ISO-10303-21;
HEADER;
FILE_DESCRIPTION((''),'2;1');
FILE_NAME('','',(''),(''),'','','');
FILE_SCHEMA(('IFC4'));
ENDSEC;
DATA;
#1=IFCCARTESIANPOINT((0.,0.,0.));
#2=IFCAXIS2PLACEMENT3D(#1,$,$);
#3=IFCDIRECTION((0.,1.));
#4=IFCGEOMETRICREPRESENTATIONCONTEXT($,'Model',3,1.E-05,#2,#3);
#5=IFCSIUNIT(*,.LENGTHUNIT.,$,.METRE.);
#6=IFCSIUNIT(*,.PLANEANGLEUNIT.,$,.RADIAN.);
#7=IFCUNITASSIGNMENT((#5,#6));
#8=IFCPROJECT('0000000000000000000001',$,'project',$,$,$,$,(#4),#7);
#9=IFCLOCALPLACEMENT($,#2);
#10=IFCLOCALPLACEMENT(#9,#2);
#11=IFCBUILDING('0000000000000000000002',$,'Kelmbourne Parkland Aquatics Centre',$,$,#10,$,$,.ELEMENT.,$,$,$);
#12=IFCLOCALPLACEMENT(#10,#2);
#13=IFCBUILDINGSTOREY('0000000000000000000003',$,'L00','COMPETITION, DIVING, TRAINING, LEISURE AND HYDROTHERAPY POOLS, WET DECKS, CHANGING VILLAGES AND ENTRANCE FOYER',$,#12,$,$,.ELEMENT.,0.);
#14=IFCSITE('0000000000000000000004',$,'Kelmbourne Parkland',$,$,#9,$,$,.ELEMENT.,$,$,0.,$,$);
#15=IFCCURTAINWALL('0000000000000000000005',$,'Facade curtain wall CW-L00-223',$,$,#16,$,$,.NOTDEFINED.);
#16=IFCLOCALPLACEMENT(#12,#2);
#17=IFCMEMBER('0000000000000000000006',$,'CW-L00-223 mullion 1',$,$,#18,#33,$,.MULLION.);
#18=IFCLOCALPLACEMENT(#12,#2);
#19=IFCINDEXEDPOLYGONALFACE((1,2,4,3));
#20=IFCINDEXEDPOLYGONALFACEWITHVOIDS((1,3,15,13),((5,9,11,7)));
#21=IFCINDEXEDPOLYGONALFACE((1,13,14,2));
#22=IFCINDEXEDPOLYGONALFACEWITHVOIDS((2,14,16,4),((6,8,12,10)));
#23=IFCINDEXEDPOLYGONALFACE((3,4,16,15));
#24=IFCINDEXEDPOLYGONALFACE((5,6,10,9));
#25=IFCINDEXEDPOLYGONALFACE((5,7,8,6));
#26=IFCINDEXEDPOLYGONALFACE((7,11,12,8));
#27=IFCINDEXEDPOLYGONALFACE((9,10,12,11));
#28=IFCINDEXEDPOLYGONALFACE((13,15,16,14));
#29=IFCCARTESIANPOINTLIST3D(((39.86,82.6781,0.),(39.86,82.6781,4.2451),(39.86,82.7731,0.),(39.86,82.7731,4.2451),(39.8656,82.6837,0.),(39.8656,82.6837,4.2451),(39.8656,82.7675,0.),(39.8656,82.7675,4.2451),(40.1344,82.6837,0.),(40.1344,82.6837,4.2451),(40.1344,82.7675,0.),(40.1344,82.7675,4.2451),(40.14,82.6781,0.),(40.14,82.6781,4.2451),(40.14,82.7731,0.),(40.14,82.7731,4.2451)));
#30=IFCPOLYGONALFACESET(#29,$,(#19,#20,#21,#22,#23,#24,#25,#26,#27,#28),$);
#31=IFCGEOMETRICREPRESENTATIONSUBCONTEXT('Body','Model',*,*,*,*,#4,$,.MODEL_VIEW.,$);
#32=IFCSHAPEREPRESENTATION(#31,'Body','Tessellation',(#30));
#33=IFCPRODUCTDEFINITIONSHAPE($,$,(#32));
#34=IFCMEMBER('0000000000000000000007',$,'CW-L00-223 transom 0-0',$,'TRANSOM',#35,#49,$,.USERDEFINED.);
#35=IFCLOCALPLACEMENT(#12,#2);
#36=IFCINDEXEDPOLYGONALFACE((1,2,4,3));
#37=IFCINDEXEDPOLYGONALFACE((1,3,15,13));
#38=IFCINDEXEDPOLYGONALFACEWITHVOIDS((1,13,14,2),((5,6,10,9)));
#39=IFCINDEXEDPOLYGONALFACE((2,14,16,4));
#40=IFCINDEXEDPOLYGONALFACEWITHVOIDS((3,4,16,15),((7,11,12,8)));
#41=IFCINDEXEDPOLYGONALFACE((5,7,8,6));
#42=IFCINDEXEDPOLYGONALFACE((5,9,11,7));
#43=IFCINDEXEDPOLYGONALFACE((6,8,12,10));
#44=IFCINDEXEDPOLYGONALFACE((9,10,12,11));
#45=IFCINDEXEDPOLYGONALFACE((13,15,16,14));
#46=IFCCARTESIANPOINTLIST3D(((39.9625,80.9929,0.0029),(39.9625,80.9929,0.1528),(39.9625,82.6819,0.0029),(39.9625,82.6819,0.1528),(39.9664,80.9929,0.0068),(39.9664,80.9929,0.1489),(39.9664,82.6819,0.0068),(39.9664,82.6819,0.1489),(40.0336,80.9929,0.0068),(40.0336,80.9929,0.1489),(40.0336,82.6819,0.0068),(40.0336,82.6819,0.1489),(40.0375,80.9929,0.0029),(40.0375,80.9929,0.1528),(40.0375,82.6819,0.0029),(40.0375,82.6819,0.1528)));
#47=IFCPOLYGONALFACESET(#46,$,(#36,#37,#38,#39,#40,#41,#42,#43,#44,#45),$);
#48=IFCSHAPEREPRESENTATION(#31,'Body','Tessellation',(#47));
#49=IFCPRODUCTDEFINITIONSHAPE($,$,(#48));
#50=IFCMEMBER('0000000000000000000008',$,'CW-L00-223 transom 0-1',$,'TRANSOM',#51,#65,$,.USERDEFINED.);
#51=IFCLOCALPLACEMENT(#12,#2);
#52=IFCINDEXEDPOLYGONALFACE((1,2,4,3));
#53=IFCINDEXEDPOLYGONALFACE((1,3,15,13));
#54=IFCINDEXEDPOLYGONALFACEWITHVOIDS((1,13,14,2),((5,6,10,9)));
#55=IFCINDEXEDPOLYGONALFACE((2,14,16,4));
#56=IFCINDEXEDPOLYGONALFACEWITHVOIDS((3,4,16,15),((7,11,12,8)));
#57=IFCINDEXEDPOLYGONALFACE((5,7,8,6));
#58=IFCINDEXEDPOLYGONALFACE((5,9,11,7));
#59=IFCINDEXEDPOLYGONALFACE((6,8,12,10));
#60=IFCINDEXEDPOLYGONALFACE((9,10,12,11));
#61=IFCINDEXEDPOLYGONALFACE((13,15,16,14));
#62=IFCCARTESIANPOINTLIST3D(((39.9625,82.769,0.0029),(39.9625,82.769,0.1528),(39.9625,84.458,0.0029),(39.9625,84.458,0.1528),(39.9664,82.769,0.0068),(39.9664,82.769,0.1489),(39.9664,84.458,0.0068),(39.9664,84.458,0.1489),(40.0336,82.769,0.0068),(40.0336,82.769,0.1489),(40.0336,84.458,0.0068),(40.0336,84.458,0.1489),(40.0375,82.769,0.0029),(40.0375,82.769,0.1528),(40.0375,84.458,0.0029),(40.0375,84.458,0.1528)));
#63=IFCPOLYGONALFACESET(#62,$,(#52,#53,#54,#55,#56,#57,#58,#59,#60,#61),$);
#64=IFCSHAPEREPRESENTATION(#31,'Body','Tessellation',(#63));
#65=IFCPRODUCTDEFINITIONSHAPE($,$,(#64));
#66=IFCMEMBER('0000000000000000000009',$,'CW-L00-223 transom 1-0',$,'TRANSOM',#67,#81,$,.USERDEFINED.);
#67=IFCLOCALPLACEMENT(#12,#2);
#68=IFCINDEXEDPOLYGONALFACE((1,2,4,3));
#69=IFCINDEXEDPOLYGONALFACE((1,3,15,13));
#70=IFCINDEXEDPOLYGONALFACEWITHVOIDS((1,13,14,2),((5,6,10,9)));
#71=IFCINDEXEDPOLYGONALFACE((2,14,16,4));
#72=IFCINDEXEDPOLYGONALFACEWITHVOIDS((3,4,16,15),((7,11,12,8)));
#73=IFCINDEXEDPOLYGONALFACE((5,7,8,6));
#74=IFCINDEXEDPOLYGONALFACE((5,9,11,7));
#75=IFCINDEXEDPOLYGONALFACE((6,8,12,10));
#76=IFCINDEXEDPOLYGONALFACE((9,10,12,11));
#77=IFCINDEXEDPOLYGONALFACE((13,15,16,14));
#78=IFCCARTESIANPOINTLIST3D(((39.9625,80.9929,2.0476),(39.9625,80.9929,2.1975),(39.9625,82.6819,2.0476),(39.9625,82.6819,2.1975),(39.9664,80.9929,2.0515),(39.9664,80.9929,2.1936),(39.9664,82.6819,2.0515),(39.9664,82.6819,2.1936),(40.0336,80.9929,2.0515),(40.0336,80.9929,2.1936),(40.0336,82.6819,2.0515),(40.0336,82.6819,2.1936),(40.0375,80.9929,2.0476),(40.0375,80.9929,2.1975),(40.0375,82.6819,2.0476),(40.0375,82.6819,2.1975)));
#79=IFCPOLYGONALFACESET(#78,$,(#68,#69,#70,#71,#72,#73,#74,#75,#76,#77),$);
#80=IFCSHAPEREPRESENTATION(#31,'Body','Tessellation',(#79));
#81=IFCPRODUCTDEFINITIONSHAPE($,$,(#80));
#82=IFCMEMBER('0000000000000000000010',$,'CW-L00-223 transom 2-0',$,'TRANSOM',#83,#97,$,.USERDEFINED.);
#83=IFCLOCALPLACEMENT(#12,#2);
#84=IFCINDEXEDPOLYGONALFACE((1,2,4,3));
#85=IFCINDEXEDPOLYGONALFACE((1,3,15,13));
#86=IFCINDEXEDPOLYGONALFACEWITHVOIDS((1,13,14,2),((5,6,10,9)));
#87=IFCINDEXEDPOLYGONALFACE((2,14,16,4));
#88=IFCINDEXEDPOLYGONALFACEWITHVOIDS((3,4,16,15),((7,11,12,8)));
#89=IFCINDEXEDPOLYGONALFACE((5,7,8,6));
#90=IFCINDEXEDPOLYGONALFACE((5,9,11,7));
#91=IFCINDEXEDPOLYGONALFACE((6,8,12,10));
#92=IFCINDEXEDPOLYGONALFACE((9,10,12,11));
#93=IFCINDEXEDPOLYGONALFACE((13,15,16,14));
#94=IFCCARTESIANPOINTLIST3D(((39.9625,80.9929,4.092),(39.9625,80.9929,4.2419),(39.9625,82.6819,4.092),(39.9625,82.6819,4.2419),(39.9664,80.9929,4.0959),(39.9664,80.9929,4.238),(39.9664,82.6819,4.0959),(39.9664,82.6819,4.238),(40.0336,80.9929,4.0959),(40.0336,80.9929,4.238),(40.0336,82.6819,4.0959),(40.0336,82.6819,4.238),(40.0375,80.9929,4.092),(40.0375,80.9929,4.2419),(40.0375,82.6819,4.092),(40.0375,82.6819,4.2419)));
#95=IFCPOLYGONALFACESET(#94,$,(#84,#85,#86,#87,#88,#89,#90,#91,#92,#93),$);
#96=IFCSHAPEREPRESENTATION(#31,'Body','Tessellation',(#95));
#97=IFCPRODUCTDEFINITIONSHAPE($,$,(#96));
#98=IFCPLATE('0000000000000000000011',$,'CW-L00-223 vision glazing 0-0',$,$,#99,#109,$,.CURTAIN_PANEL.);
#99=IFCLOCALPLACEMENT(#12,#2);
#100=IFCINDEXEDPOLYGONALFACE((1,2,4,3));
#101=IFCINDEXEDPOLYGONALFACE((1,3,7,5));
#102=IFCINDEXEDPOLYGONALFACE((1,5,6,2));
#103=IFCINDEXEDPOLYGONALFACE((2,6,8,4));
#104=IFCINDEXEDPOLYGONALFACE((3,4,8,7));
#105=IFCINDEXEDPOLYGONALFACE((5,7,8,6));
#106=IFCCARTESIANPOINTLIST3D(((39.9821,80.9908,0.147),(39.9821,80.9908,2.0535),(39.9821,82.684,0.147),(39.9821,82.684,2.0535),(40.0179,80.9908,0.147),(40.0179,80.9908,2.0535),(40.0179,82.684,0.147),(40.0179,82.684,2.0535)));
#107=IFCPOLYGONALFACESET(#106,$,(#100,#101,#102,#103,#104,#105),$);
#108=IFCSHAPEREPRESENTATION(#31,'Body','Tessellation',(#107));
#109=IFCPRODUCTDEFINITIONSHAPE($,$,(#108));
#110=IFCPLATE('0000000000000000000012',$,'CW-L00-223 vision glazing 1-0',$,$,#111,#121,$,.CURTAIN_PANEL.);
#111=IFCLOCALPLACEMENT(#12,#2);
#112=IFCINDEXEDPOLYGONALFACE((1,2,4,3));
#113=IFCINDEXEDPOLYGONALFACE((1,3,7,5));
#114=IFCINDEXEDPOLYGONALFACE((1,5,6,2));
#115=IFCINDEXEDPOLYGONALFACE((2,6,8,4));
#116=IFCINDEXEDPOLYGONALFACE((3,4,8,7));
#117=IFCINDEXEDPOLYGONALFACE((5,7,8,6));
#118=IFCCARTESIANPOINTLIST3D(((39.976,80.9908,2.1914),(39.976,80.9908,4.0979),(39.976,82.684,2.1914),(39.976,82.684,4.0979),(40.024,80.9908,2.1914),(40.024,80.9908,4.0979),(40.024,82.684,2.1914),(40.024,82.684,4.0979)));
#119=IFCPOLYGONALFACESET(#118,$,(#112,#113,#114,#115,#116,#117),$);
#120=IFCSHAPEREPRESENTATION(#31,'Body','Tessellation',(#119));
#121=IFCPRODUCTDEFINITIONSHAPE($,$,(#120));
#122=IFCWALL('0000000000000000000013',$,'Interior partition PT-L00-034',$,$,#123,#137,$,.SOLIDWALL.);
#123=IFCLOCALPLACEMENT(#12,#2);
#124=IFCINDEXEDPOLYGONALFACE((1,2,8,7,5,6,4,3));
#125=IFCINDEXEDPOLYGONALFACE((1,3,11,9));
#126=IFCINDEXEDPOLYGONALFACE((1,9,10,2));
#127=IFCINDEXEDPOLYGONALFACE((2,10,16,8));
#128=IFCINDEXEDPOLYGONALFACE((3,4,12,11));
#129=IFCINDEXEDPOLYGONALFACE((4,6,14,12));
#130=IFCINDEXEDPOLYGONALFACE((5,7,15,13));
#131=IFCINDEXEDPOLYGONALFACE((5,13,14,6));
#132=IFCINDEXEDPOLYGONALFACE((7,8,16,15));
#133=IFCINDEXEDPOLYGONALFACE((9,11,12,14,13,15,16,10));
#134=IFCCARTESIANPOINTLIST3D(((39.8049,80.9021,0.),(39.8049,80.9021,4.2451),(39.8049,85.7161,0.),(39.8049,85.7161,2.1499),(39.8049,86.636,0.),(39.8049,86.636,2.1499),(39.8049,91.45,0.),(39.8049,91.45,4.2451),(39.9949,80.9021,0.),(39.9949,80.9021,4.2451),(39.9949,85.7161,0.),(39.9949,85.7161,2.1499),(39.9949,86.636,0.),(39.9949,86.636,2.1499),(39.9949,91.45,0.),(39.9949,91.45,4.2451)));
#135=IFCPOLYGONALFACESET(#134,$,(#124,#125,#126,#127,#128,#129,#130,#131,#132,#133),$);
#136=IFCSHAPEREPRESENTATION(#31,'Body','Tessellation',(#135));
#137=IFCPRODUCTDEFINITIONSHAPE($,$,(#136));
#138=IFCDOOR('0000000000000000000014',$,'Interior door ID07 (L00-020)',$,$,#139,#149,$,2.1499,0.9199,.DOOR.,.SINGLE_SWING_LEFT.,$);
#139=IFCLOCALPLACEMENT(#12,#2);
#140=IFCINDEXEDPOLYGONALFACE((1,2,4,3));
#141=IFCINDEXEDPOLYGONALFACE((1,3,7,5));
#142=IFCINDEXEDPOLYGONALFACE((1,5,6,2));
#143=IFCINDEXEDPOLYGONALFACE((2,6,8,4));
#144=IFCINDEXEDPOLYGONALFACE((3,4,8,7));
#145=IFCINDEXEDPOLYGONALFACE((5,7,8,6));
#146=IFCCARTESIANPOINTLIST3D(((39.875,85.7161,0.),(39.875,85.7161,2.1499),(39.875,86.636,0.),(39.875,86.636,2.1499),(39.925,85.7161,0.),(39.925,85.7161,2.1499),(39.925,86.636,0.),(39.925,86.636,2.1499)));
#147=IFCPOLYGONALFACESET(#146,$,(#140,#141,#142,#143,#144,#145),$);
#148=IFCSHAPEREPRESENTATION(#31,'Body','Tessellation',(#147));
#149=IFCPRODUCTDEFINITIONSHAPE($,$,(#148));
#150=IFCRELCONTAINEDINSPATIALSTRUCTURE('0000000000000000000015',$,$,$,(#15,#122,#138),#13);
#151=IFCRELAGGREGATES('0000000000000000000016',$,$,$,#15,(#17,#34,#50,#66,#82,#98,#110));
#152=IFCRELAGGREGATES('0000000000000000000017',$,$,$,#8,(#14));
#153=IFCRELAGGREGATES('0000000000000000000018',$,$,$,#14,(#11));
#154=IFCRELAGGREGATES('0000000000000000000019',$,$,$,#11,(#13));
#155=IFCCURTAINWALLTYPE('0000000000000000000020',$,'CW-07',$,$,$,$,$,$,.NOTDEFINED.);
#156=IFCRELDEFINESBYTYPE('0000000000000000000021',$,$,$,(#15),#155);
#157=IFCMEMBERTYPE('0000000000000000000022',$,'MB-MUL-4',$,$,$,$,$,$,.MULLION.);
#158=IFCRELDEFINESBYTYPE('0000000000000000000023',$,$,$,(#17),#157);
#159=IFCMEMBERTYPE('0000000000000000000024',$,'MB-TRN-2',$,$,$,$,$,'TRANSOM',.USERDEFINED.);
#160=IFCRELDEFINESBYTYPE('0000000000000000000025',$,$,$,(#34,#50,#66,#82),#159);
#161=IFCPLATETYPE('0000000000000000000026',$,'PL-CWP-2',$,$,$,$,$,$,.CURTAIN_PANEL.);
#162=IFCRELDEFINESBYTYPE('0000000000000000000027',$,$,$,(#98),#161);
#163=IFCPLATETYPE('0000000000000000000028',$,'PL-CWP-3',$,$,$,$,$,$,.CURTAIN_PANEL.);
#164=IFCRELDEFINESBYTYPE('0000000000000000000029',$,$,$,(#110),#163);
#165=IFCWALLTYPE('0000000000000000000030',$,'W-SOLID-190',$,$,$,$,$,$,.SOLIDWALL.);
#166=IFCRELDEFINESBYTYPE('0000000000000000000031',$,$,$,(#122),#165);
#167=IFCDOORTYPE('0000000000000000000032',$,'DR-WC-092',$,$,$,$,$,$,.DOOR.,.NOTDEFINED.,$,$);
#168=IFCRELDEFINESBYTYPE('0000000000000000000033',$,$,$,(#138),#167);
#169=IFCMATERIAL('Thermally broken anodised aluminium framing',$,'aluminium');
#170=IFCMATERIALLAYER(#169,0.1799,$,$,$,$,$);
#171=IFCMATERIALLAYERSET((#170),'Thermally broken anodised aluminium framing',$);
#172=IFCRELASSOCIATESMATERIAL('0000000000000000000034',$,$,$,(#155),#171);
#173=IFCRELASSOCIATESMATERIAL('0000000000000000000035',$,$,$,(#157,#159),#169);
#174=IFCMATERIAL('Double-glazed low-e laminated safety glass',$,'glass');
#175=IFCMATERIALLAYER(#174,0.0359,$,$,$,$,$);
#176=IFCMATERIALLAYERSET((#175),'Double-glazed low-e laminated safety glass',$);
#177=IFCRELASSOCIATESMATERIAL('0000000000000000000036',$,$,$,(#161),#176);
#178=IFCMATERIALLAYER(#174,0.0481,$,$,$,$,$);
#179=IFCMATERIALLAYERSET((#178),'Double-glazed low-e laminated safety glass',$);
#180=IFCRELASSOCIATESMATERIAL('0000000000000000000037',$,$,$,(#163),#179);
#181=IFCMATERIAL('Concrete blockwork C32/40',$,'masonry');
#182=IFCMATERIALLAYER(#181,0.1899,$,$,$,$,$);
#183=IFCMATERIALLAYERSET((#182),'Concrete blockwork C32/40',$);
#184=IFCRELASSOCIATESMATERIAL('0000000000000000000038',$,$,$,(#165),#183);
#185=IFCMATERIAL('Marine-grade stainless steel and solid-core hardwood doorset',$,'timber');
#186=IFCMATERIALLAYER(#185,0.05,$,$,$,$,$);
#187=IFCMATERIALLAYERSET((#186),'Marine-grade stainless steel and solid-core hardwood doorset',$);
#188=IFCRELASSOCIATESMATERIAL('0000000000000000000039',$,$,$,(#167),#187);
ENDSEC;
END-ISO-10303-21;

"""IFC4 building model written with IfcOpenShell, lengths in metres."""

from ifc_helpers import new_model, si_unit, direction, frame, frame_2d, origin, origin_2d, place, context, subcontext, project, spatial, rectangle, hollow_rectangle, extrude, material, layer, layer_set, material_profile, profile_set, type_object, element, fill, aggregate, save


model = new_model("IFC4")

# Units and contexts
model_context = context("Model", 3, precision=1e-05, world=origin(), true_north=direction((0.0, 1.0)))
body_context = subcontext(model_context, "Body", "Model", "MODEL_VIEW")
ifc_project = project(units=[si_unit("LENGTHUNIT", "METRE"), si_unit("PLANEANGLEUNIT", "RADIAN")], contexts=[model_context])

# Site, building, storey
site_placement = place(None, origin())
site = spatial("IfcSite", under=ifc_project, at=site_placement, Name="Kelmbourne Parkland", CompositionType="ELEMENT", RefElevation=0.0)
building_placement = place(site_placement, origin())
building = spatial("IfcBuilding", under=site, at=building_placement, Name="Kelmbourne Parkland Aquatics Centre", CompositionType="ELEMENT")
storey_placement = place(building_placement, origin())
storey = spatial("IfcBuildingStorey", under=building, at=storey_placement, Name="L00", Description="COMPETITION, DIVING, TRAINING, LEISURE AND HYDROTHERAPY POOLS, WET DECKS, CHANGING VILLAGES AND ENTRANCE FOYER", CompositionType="ELEMENT", Elevation=0.0)

# Shared definitions
ifc_material_1 = material(Name="Thermally broken anodised aluminium framing", Category="aluminium")

# Curtain wall, members, plates
ifc_layer_1 = layer(ifc_material_1, 0.1799)
ifc_layer_set_1 = layer_set([ifc_layer_1], Name="Thermally broken anodised aluminium framing")
curtain_wall_type_1 = type_object("IfcCurtainWallType", Name="CW-07", PredefinedType="NOTDEFINED", material=ifc_layer_set_1)
curtain_wall_1_placement = place(storey_placement, origin())
curtain_wall_1 = element("IfcCurtainWall", 1, at=curtain_wall_1_placement, inside=storey, type_object=curtain_wall_type_1, Name="Facade curtain wall CW-L00-223", PredefinedType="NOTDEFINED")
ifc_material_profile_1 = material_profile(ifc_material_1, hollow_rectangle(XDim=0.095, YDim=0.28, WallThickness=0.0056, at=origin_2d()), Name="CW-M 95x280")
ifc_profile_set_1 = profile_set([ifc_material_profile_1], Name="Thermally broken anodised aluminium framing")
member_type_1 = type_object("IfcMemberType", Name="MB-MUL-4", PredefinedType="MULLION", material=ifc_profile_set_1)
member_1_placement = place(storey_placement, frame((40.0, 82.7256, 0.0), z_axis=(0.0, 0.0, 1.0), x_axis=(0.0, 1.0, 0.0)))
member_1 = element("IfcMember", 2, at=member_1_placement, type_object=member_type_1, Name="CW-L00-223 mullion 1", PredefinedType="MULLION", context=body_context, shape_type="SweptSolid", body=[
    extrude(hollow_rectangle(XDim=0.095, YDim=0.28, WallThickness=0.0056, at=origin_2d()), origin(), (0.0, 0.0, 1.0), 4.2451),
])
ifc_material_profile_2 = material_profile(ifc_material_1, hollow_rectangle(XDim=0.075, YDim=0.1499, WallThickness=0.0039, at=origin_2d()), Name="CW-T 75x150")
ifc_profile_set_2 = profile_set([ifc_material_profile_2], Name="Thermally broken anodised aluminium framing")
member_type_2 = type_object("IfcMemberType", Name="MB-TRN-2", ElementType="TRANSOM", PredefinedType="USERDEFINED", material=ifc_profile_set_2)
member_2_placement = place(storey_placement, frame((40.0, 80.9929, 0.0779), z_axis=(0.0, 1.0, 0.0), x_axis=(-1.0, 0.0, 0.0)))
member_2 = element("IfcMember", 3, at=member_2_placement, type_object=member_type_2, Name="CW-L00-223 transom 0-0", ObjectType="TRANSOM", PredefinedType="USERDEFINED", context=body_context, shape_type="SweptSolid", body=[
    extrude(hollow_rectangle(XDim=0.075, YDim=0.1499, WallThickness=0.0039, at=origin_2d()), origin(), (0.0, 0.0, 1.0), 1.689),
])
member_3_placement = place(storey_placement, frame((40.0, 82.769, 0.0779), z_axis=(0.0, 1.0, 0.0), x_axis=(-1.0, 0.0, 0.0)))
member_3 = element("IfcMember", 4, at=member_3_placement, type_object=member_type_2, Name="CW-L00-223 transom 0-1", ObjectType="TRANSOM", PredefinedType="USERDEFINED", context=body_context, shape_type="SweptSolid", body=[
    extrude(hollow_rectangle(XDim=0.075, YDim=0.1499, WallThickness=0.0039, at=origin_2d()), origin(), (0.0, 0.0, 1.0), 1.689),
])
member_4_placement = place(storey_placement, frame((40.0, 80.9929, 2.1226), z_axis=(0.0, 1.0, 0.0), x_axis=(-1.0, 0.0, 0.0)))
member_4 = element("IfcMember", 5, at=member_4_placement, type_object=member_type_2, Name="CW-L00-223 transom 1-0", ObjectType="TRANSOM", PredefinedType="USERDEFINED", context=body_context, shape_type="SweptSolid", body=[
    extrude(hollow_rectangle(XDim=0.075, YDim=0.1499, WallThickness=0.0039, at=origin_2d()), origin(), (0.0, 0.0, 1.0), 1.689),
])
member_5_placement = place(storey_placement, frame((40.0, 80.9929, 4.167), z_axis=(0.0, 1.0, 0.0), x_axis=(-1.0, 0.0, 0.0)))
member_5 = element("IfcMember", 6, at=member_5_placement, type_object=member_type_2, Name="CW-L00-223 transom 2-0", ObjectType="TRANSOM", PredefinedType="USERDEFINED", context=body_context, shape_type="SweptSolid", body=[
    extrude(hollow_rectangle(XDim=0.075, YDim=0.1499, WallThickness=0.0039, at=origin_2d()), origin(), (0.0, 0.0, 1.0), 1.689),
])
ifc_material_2 = material(Name="Double-glazed low-e laminated safety glass", Category="glass")
ifc_layer_2 = layer(ifc_material_2, 0.0359)
ifc_layer_set_2 = layer_set([ifc_layer_2], Name="Double-glazed low-e laminated safety glass")
plate_type_1 = type_object("IfcPlateType", Name="PL-CWP-2", PredefinedType="CURTAIN_PANEL", material=ifc_layer_set_2)
plate_1_placement = place(storey_placement, frame((40.0, 81.8374, 0.147), z_axis=(0.0, 0.0, 1.0), x_axis=(0.0, 1.0, 0.0)))
plate_1 = element("IfcPlate", 7, at=plate_1_placement, type_object=plate_type_1, Name="CW-L00-223 vision glazing 0-0", PredefinedType="CURTAIN_PANEL", context=body_context, shape_type="SweptSolid", body=[
    extrude(rectangle(XDim=1.6931, YDim=0.0359, at=origin_2d()), origin(), (0.0, 0.0, 1.0), 1.9065),
])
ifc_layer_3 = layer(ifc_material_2, 0.0481)
ifc_layer_set_3 = layer_set([ifc_layer_3], Name="Double-glazed low-e laminated safety glass")
plate_type_2 = type_object("IfcPlateType", Name="PL-CWP-3", PredefinedType="CURTAIN_PANEL", material=ifc_layer_set_3)
plate_2_placement = place(storey_placement, frame((40.0, 81.8374, 2.1914), z_axis=(0.0, 0.0, 1.0), x_axis=(0.0, 1.0, 0.0)))
plate_2 = element("IfcPlate", 8, at=plate_2_placement, type_object=plate_type_2, Name="CW-L00-223 vision glazing 1-0", PredefinedType="CURTAIN_PANEL", context=body_context, shape_type="SweptSolid", body=[
    extrude(rectangle(XDim=1.6931, YDim=0.0481, at=origin_2d()), origin(), (0.0, 0.0, 1.0), 1.9065),
])
aggregate(curtain_wall_1, [member_1, member_2, member_3, member_4, member_5, plate_1, plate_2])

# Wall, opening, door
ifc_material_3 = material(Name="Concrete blockwork C32/40", Category="masonry")
ifc_layer_4 = layer(ifc_material_3, 0.1899)
ifc_layer_set_4 = layer_set([ifc_layer_4], Name="Concrete blockwork C32/40")
wall_type = type_object("IfcWallType", Name="W-SOLID-190", PredefinedType="SOLIDWALL", material=ifc_layer_set_4)
wall_placement = place(storey_placement, frame((39.8999, 80.9021, 0.0), z_axis=(0.0, 0.0, 1.0), x_axis=(0.0, 1.0, 0.0)))
wall = element("IfcWall", 9, at=wall_placement, inside=storey, type_object=wall_type, Name="Interior partition PT-L00-034", PredefinedType="SOLIDWALL", context=body_context, shape_type="SweptSolid", body=[
    extrude(rectangle(XDim=10.5479, YDim=0.1899, at=frame_2d((5.2739, 0.0))), origin(), (0.0, 0.0, 1.0), 4.2451),
])
opening_placement = place(wall_placement, frame((4.814, 0.0, 0.0)))
opening = element("IfcOpeningElement", 10, at=opening_placement, cuts=wall, PredefinedType="OPENING", context=body_context, shape_type="SweptSolid", body=[
    extrude(rectangle(XDim=0.9199, YDim=2.1499, at=frame_2d((0.46, 1.075))), frame((0.0, 0.1069, 0.0), z_axis=(0.0, -1.0, 0.0), x_axis=(1.0, 0.0, 0.0)), (0.0, 0.0, 1.0), 0.2139),
])
ifc_material_4 = material(Name="Marine-grade stainless steel and solid-core hardwood doorset", Category="timber")
ifc_layer_5 = layer(ifc_material_4, 0.05)
ifc_layer_set_5 = layer_set([ifc_layer_5], Name="Marine-grade stainless steel and solid-core hardwood doorset")
door_type = type_object("IfcDoorType", Name="DR-WC-092", OperationType="NOTDEFINED", PredefinedType="DOOR", material=ifc_layer_set_5)
door_placement = place(opening_placement, origin())
door = element("IfcDoor", 11, at=door_placement, inside=storey, type_object=door_type, Name="Interior door ID07 (L00-020)", OperationType="SINGLE_SWING_LEFT", OverallHeight=2.1499, OverallWidth=0.9199, PredefinedType="DOOR", context=body_context, shape_type="SweptSolid", body=[
    extrude(rectangle(XDim=0.9199, YDim=2.1499, at=frame_2d((0.46, 1.075))), frame((0.0, 0.0249, 0.0), z_axis=(0.0, -1.0, 0.0), x_axis=(1.0, 0.0, 0.0)), (0.0, 0.0, 1.0), 0.05),
])
fill(opening, door)

save(model, "model.ifc")
